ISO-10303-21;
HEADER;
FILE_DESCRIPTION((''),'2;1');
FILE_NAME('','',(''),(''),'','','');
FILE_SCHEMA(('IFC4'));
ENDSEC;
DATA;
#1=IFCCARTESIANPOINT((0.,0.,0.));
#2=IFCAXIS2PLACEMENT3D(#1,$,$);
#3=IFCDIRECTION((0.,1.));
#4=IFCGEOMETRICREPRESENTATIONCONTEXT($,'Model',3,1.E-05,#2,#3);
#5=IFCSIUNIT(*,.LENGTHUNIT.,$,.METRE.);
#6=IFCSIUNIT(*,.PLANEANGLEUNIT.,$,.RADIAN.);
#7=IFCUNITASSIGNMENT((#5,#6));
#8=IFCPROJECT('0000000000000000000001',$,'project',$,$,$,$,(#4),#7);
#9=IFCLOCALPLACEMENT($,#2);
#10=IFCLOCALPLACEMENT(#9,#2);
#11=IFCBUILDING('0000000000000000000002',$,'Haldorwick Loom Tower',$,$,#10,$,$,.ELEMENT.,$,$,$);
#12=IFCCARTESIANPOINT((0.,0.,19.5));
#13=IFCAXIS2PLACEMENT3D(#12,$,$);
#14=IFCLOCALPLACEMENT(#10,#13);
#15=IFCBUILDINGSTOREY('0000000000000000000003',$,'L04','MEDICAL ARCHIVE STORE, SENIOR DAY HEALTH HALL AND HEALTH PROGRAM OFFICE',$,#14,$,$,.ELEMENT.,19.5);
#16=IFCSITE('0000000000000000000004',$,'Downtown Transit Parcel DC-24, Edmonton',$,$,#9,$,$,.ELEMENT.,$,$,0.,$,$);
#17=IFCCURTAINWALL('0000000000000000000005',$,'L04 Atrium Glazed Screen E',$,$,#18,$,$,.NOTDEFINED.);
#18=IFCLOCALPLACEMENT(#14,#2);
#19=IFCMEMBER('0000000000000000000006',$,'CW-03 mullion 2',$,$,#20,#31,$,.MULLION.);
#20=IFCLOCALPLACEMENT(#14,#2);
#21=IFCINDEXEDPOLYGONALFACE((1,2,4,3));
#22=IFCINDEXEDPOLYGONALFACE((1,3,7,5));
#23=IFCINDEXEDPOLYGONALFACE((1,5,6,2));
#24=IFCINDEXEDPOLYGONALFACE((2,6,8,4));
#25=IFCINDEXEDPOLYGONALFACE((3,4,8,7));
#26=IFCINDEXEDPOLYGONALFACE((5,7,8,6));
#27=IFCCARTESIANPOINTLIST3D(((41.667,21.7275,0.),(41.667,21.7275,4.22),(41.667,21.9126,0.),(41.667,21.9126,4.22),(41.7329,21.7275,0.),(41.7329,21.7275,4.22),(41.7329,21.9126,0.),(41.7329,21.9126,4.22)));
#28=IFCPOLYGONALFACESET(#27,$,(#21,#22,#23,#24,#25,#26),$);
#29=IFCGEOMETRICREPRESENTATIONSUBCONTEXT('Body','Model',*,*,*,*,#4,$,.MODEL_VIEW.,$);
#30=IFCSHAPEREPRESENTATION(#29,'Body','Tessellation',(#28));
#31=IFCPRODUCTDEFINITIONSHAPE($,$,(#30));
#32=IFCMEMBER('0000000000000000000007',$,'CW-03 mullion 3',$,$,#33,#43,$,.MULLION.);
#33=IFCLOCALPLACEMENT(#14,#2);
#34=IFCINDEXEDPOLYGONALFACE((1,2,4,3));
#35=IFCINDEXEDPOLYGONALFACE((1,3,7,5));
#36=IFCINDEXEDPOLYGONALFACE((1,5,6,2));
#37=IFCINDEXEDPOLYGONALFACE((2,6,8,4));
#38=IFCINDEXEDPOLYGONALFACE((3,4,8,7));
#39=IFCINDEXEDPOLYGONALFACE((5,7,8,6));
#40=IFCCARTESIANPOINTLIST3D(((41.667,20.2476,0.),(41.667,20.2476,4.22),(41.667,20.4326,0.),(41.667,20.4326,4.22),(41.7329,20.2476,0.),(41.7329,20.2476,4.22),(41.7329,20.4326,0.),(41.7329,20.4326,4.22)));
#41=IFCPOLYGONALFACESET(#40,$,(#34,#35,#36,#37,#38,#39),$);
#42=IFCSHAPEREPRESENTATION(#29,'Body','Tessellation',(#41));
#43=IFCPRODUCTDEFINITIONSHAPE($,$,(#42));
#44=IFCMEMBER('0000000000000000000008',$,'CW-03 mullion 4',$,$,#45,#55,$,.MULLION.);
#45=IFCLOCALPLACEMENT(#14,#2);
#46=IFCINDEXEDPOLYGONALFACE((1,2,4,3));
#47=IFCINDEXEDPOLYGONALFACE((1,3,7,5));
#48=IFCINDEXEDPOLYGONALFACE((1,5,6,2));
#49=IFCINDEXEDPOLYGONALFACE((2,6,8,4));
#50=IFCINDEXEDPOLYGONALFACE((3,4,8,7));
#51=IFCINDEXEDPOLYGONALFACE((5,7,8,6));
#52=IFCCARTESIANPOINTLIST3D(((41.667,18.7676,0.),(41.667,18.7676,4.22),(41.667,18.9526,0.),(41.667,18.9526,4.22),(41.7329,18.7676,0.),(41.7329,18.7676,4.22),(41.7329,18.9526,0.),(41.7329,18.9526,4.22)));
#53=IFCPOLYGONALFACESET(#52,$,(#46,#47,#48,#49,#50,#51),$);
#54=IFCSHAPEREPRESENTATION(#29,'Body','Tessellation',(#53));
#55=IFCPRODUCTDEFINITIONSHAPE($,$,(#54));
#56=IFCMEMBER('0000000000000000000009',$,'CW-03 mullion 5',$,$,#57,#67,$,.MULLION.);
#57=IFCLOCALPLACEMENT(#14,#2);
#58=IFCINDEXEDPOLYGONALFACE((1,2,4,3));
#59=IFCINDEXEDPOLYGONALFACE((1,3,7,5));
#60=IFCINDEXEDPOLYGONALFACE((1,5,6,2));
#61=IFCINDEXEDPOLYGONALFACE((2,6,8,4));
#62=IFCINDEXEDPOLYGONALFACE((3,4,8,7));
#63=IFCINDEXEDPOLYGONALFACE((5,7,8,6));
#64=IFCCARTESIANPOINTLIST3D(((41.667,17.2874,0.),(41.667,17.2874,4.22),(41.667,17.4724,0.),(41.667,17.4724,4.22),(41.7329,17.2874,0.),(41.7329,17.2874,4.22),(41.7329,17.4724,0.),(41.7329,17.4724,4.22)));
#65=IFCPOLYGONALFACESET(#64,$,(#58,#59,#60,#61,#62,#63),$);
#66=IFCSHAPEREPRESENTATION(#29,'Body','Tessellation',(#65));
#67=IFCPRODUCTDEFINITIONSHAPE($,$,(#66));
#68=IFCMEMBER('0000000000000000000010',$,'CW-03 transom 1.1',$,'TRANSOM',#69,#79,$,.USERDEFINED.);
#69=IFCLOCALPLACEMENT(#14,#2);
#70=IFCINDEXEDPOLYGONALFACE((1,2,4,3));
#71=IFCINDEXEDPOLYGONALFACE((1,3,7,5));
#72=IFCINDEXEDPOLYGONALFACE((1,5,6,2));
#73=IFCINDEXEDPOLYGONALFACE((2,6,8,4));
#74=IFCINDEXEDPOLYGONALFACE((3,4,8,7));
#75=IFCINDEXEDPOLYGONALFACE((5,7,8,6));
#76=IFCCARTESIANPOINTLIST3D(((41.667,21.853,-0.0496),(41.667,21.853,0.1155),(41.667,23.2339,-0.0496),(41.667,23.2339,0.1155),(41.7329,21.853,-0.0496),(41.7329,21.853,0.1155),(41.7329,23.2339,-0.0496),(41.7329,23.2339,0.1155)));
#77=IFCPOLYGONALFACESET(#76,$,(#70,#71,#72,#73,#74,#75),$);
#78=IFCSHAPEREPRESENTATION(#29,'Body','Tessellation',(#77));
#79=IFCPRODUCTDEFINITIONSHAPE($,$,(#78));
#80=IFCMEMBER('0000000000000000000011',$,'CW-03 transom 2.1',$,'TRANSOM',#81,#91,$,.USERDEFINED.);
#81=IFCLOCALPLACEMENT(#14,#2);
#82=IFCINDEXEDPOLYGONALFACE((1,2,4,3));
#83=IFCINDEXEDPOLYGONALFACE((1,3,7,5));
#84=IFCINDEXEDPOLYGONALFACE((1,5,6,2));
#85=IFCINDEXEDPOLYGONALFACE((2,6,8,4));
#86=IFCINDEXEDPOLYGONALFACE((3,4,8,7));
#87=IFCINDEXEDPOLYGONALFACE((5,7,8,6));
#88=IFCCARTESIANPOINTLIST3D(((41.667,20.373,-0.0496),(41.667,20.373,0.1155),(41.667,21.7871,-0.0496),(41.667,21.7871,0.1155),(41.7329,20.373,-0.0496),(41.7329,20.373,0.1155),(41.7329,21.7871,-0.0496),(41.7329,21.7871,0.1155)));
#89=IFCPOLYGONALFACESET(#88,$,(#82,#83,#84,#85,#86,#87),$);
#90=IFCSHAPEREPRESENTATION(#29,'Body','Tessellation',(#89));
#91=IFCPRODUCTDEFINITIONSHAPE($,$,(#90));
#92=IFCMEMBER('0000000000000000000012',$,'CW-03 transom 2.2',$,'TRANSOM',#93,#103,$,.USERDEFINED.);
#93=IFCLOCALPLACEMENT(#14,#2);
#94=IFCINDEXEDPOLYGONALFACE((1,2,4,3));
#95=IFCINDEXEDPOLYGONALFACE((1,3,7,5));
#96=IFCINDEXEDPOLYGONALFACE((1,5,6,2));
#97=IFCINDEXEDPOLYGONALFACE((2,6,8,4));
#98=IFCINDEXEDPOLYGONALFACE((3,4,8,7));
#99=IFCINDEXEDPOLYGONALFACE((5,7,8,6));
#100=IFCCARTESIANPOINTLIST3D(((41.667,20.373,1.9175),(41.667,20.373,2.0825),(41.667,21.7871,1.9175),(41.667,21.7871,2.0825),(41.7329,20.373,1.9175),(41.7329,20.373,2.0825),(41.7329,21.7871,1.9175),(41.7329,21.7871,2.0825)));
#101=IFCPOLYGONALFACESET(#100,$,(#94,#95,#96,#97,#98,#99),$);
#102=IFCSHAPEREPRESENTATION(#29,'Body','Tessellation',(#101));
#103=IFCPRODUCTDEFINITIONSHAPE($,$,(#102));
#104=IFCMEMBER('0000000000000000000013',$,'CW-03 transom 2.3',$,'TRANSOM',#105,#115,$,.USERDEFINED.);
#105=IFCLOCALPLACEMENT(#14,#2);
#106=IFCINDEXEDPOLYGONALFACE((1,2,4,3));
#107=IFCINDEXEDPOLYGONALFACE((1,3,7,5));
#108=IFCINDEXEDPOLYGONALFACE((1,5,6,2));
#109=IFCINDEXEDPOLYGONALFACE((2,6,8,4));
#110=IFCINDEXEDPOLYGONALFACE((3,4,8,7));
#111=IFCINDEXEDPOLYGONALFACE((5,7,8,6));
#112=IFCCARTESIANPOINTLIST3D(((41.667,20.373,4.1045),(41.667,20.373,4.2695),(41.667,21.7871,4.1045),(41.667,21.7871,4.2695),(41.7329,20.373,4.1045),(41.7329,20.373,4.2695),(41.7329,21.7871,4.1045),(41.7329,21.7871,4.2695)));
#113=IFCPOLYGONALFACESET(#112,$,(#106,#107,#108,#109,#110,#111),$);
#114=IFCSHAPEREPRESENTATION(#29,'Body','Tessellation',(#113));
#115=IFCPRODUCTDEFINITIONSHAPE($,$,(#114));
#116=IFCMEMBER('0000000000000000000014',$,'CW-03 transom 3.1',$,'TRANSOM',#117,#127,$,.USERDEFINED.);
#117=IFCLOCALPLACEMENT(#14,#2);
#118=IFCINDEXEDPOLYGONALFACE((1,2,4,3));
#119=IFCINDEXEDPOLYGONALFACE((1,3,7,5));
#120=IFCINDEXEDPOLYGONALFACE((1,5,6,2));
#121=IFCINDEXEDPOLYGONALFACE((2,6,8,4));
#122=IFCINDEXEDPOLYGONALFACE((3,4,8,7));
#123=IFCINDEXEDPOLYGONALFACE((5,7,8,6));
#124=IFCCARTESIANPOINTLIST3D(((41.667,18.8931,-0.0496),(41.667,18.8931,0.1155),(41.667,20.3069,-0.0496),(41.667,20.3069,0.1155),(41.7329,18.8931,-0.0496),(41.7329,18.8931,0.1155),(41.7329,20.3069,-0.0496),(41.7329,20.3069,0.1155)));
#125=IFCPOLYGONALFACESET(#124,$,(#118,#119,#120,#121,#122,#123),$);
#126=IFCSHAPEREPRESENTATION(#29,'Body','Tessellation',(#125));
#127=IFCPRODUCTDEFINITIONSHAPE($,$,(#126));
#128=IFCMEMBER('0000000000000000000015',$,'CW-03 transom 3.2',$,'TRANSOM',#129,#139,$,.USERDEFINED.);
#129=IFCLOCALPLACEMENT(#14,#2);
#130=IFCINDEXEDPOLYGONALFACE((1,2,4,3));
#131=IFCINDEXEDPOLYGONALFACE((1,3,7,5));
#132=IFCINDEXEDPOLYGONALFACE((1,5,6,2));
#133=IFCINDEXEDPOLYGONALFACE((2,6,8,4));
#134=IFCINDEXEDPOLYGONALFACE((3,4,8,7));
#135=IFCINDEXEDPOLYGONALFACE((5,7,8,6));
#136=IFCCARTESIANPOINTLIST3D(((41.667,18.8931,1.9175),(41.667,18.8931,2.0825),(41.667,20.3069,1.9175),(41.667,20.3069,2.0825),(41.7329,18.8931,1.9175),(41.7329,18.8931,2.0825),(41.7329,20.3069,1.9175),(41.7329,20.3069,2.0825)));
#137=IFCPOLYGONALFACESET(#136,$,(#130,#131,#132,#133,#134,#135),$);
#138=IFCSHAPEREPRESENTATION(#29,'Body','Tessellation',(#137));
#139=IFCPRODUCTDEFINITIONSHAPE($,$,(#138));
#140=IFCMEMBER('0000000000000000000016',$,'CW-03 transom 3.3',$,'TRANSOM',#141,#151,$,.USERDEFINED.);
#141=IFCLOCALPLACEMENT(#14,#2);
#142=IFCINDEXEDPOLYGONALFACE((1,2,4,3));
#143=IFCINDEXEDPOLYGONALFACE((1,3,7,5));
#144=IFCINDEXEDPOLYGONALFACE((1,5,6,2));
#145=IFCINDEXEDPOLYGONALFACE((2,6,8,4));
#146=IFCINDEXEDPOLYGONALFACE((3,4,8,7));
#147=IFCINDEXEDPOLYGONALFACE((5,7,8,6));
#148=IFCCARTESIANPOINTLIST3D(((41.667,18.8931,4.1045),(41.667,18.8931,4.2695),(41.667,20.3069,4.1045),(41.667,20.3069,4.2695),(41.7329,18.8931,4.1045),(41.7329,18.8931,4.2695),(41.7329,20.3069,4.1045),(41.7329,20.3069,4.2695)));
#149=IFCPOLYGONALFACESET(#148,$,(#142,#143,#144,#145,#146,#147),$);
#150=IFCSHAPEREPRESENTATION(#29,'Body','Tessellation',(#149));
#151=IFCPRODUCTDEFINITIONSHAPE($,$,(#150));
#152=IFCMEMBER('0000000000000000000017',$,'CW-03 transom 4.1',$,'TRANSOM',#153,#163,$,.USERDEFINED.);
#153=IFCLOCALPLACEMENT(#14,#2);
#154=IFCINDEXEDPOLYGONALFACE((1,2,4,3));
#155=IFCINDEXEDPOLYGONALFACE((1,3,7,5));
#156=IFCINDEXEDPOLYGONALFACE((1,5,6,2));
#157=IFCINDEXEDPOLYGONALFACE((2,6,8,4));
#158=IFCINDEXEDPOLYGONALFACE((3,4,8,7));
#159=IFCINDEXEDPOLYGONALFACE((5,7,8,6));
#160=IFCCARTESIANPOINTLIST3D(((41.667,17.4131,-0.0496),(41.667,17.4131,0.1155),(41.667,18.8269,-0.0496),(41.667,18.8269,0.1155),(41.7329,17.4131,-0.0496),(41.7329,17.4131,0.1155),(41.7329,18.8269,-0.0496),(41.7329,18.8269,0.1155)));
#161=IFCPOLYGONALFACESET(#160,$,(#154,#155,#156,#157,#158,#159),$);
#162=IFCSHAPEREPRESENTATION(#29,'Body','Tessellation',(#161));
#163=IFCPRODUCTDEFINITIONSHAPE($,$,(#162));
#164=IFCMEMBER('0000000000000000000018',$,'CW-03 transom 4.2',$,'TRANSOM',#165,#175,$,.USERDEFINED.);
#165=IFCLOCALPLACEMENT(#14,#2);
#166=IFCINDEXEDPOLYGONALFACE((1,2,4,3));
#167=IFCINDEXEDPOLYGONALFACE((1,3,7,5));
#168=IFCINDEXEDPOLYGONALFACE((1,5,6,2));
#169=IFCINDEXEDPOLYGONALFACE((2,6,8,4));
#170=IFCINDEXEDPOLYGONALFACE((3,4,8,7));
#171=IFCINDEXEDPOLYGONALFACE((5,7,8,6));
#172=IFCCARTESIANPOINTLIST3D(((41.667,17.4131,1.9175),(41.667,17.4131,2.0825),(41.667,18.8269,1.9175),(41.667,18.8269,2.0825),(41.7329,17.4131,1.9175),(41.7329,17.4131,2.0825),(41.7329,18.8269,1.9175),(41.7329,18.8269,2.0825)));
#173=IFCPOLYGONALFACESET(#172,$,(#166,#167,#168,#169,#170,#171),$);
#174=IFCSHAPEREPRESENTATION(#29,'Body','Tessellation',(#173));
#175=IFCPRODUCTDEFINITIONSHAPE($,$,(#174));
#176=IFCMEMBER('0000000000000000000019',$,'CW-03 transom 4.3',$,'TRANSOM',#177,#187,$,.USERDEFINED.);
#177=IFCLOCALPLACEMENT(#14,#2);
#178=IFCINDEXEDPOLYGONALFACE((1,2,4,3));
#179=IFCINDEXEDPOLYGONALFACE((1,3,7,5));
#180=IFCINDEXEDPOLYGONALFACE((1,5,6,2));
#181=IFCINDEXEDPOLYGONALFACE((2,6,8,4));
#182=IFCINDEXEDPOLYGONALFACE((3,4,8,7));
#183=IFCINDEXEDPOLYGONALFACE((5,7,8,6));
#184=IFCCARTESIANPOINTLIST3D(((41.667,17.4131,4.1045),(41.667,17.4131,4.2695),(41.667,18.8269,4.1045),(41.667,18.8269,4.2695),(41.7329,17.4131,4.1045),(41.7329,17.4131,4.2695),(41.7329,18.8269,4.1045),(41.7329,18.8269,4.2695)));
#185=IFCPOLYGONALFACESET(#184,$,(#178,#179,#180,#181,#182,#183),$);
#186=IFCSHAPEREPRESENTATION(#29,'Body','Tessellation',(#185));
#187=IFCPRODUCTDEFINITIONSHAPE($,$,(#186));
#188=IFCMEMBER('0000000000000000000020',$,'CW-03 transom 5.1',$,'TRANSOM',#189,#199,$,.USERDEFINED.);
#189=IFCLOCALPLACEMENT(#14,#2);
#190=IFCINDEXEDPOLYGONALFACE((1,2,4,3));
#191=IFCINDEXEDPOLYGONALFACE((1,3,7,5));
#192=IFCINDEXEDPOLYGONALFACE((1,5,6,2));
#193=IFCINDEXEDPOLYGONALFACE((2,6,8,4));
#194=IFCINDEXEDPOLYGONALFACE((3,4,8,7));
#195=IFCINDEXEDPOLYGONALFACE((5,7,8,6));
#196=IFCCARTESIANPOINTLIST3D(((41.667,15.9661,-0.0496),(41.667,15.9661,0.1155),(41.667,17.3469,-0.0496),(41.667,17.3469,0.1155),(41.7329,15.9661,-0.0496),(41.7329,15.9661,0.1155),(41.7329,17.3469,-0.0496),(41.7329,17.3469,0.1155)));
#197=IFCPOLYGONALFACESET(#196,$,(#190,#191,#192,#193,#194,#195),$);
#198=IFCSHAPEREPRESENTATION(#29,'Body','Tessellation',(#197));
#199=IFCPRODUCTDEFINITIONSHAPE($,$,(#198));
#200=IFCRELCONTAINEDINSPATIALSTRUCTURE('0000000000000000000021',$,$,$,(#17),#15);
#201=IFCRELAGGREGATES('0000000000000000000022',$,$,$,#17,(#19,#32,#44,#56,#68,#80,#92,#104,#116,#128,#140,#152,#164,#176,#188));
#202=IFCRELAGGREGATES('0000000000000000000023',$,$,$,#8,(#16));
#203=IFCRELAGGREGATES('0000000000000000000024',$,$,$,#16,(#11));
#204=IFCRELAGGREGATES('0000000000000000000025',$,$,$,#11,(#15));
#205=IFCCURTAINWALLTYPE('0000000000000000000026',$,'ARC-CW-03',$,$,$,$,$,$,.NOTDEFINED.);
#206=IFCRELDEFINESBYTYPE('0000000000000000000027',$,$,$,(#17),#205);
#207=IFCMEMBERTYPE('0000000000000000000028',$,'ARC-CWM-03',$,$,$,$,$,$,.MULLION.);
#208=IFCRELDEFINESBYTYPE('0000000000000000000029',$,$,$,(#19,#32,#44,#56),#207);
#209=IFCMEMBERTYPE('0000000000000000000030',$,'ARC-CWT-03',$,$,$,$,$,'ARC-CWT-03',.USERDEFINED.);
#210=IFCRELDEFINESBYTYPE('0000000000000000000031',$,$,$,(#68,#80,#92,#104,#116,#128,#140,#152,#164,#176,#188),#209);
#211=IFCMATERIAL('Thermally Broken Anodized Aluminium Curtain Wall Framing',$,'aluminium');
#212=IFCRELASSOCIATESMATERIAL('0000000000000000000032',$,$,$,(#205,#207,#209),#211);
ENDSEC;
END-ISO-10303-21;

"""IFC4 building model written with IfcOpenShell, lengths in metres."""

from ifc_helpers import new_model, si_unit, direction, frame, origin, origin_2d, place, context, subcontext, project, spatial, rectangle, extrude, material, material_profile, profile_set, type_object, element, aggregate, save


model = new_model("IFC4")

# Units and contexts
model_context = context("Model", 3, precision=1e-05, world=origin(), true_north=direction((0.0, 1.0)))
body_context = subcontext(model_context, "Body", "Model", "MODEL_VIEW")
ifc_project = project(units=[si_unit("LENGTHUNIT", "METRE"), si_unit("PLANEANGLEUNIT", "RADIAN")], contexts=[model_context])

# Site, building, storey
site_placement = place(None, origin())
site = spatial("IfcSite", under=ifc_project, at=site_placement, Name="Downtown Transit Parcel DC-24, Edmonton", CompositionType="ELEMENT", RefElevation=0.0)
building_placement = place(site_placement, origin())
building = spatial("IfcBuilding", under=site, at=building_placement, Name="Haldorwick Loom Tower", CompositionType="ELEMENT")
storey_placement = place(building_placement, frame((0.0, 0.0, 19.5)))
storey = spatial("IfcBuildingStorey", under=building, at=storey_placement, Name="L04", Description="MEDICAL ARCHIVE STORE, SENIOR DAY HEALTH HALL AND HEALTH PROGRAM OFFICE", CompositionType="ELEMENT", Elevation=19.5)

# Curtain wall, members
ifc_material_1 = material(Name="Thermally Broken Anodized Aluminium Curtain Wall Framing", Category="aluminium")
curtain_wall_type = type_object("IfcCurtainWallType", Name="ARC-CW-03", PredefinedType="NOTDEFINED", material=ifc_material_1)
curtain_wall_placement = place(storey_placement, origin())
curtain_wall = element("IfcCurtainWall", 1, at=curtain_wall_placement, inside=storey, type_object=curtain_wall_type, Name="L04 Atrium Glazed Screen E", PredefinedType="NOTDEFINED")
ifc_material_profile_1 = material_profile(ifc_material_1, rectangle(XDim=0.0659, YDim=0.1851, at=origin_2d()), Name="ALU_MUL_66X185", Category="aluminium")
ifc_profile_set_1 = profile_set([ifc_material_profile_1], Name="Thermally Broken Anodized Aluminium Curtain Wall Framing")
member_type_1 = type_object("IfcMemberType", Name="ARC-CWM-03", PredefinedType="MULLION", material=ifc_profile_set_1)
member_1_placement = place(storey_placement, frame((41.7, 21.8201, 0.0), z_axis=(0.0, 0.0, 1.0), x_axis=(1.0, 0.0, 0.0)))
member_1 = element("IfcMember", 2, at=member_1_placement, type_object=member_type_1, Name="CW-03 mullion 2", PredefinedType="MULLION", context=body_context, shape_type="SweptSolid", body=[
    extrude(rectangle(XDim=0.0659, YDim=0.1851, at=origin_2d()), origin(), (0.0, 0.0, 1.0), 4.22),
])
member_2_placement = place(storey_placement, frame((41.7, 20.3401, 0.0), z_axis=(0.0, 0.0, 1.0), x_axis=(1.0, 0.0, 0.0)))
member_2 = element("IfcMember", 3, at=member_2_placement, type_object=member_type_1, Name="CW-03 mullion 3", PredefinedType="MULLION", context=body_context, shape_type="SweptSolid", body=[
    extrude(rectangle(XDim=0.0659, YDim=0.1851, at=origin_2d()), origin(), (0.0, 0.0, 1.0), 4.22),
])
member_3_placement = place(storey_placement, frame((41.7, 18.8601, 0.0), z_axis=(0.0, 0.0, 1.0), x_axis=(1.0, 0.0, 0.0)))
member_3 = element("IfcMember", 4, at=member_3_placement, type_object=member_type_1, Name="CW-03 mullion 4", PredefinedType="MULLION", context=body_context, shape_type="SweptSolid", body=[
    extrude(rectangle(XDim=0.0659, YDim=0.1851, at=origin_2d()), origin(), (0.0, 0.0, 1.0), 4.22),
])
member_4_placement = place(storey_placement, frame((41.7, 17.3799, 0.0), z_axis=(0.0, 0.0, 1.0), x_axis=(1.0, 0.0, 0.0)))
member_4 = element("IfcMember", 5, at=member_4_placement, type_object=member_type_1, Name="CW-03 mullion 5", PredefinedType="MULLION", context=body_context, shape_type="SweptSolid", body=[
    extrude(rectangle(XDim=0.0659, YDim=0.1851, at=origin_2d()), origin(), (0.0, 0.0, 1.0), 4.22),
])
ifc_material_profile_2 = material_profile(ifc_material_1, rectangle(XDim=0.0659, YDim=0.165, at=origin_2d()), Name="ALU_TRN_66X165", Category="aluminium")
ifc_profile_set_2 = profile_set([ifc_material_profile_2], Name="Thermally Broken Anodized Aluminium Curtain Wall Framing")
member_type_2 = type_object("IfcMemberType", Name="ARC-CWT-03", ElementType="ARC-CWT-03", PredefinedType="USERDEFINED", material=ifc_profile_set_2)
member_5_placement = place(storey_placement, frame((41.7, 23.2339, 0.033), z_axis=(0.0, -1.0, 0.0), x_axis=(1.0, 0.0, 0.0)))
member_5 = element("IfcMember", 6, at=member_5_placement, type_object=member_type_2, Name="CW-03 transom 1.1", ObjectType="TRANSOM", PredefinedType="USERDEFINED", context=body_context, shape_type="SweptSolid", body=[
    extrude(rectangle(XDim=0.0659, YDim=0.165, at=origin_2d()), origin(), (0.0, 0.0, 1.0), 1.3809),
])
member_6_placement = place(storey_placement, frame((41.7, 21.7871, 0.033), z_axis=(0.0, -1.0, 0.0), x_axis=(1.0, 0.0, 0.0)))
member_6 = element("IfcMember", 7, at=member_6_placement, type_object=member_type_2, Name="CW-03 transom 2.1", ObjectType="TRANSOM", PredefinedType="USERDEFINED", context=body_context, shape_type="SweptSolid", body=[
    extrude(rectangle(XDim=0.0659, YDim=0.165, at=origin_2d()), origin(), (0.0, 0.0, 1.0), 1.4141),
])
member_7_placement = place(storey_placement, frame((41.7, 21.7871, 2.0), z_axis=(0.0, -1.0, 0.0), x_axis=(1.0, 0.0, 0.0)))
member_7 = element("IfcMember", 8, at=member_7_placement, type_object=member_type_2, Name="CW-03 transom 2.2", ObjectType="TRANSOM", PredefinedType="USERDEFINED", context=body_context, shape_type="SweptSolid", body=[
    extrude(rectangle(XDim=0.0659, YDim=0.165, at=origin_2d()), origin(), (0.0, 0.0, 1.0), 1.4141),
])
member_8_placement = place(storey_placement, frame((41.7, 21.7871, 4.187), z_axis=(0.0, -1.0, 0.0), x_axis=(1.0, 0.0, 0.0)))
member_8 = element("IfcMember", 9, at=member_8_placement, type_object=member_type_2, Name="CW-03 transom 2.3", ObjectType="TRANSOM", PredefinedType="USERDEFINED", context=body_context, shape_type="SweptSolid", body=[
    extrude(rectangle(XDim=0.0659, YDim=0.165, at=origin_2d()), origin(), (0.0, 0.0, 1.0), 1.4141),
])
member_9_placement = place(storey_placement, frame((41.7, 20.3069, 0.033), z_axis=(0.0, -1.0, 0.0), x_axis=(1.0, 0.0, 0.0)))
member_9 = element("IfcMember", 10, at=member_9_placement, type_object=member_type_2, Name="CW-03 transom 3.1", ObjectType="TRANSOM", PredefinedType="USERDEFINED", context=body_context, shape_type="SweptSolid", body=[
    extrude(rectangle(XDim=0.0659, YDim=0.165, at=origin_2d()), origin(), (0.0, 0.0, 1.0), 1.4138),
])
member_10_placement = place(storey_placement, frame((41.7, 20.3069, 2.0), z_axis=(0.0, -1.0, 0.0), x_axis=(1.0, 0.0, 0.0)))
member_10 = element("IfcMember", 11, at=member_10_placement, type_object=member_type_2, Name="CW-03 transom 3.2", ObjectType="TRANSOM", PredefinedType="USERDEFINED", context=body_context, shape_type="SweptSolid", body=[
    extrude(rectangle(XDim=0.0659, YDim=0.165, at=origin_2d()), origin(), (0.0, 0.0, 1.0), 1.4138),
])
member_11_placement = place(storey_placement, frame((41.7, 20.3069, 4.187), z_axis=(0.0, -1.0, 0.0), x_axis=(1.0, 0.0, 0.0)))
member_11 = element("IfcMember", 12, at=member_11_placement, type_object=member_type_2, Name="CW-03 transom 3.3", ObjectType="TRANSOM", PredefinedType="USERDEFINED", context=body_context, shape_type="SweptSolid", body=[
    extrude(rectangle(XDim=0.0659, YDim=0.165, at=origin_2d()), origin(), (0.0, 0.0, 1.0), 1.4138),
])
member_12_placement = place(storey_placement, frame((41.7, 18.8269, 0.033), z_axis=(0.0, -1.0, 0.0), x_axis=(1.0, 0.0, 0.0)))
member_12 = element("IfcMember", 13, at=member_12_placement, type_object=member_type_2, Name="CW-03 transom 4.1", ObjectType="TRANSOM", PredefinedType="USERDEFINED", context=body_context, shape_type="SweptSolid", body=[
    extrude(rectangle(XDim=0.0659, YDim=0.165, at=origin_2d()), origin(), (0.0, 0.0, 1.0), 1.4138),
])
member_13_placement = place(storey_placement, frame((41.7, 18.8269, 2.0), z_axis=(0.0, -1.0, 0.0), x_axis=(1.0, 0.0, 0.0)))
member_13 = element("IfcMember", 14, at=member_13_placement, type_object=member_type_2, Name="CW-03 transom 4.2", ObjectType="TRANSOM", PredefinedType="USERDEFINED", context=body_context, shape_type="SweptSolid", body=[
    extrude(rectangle(XDim=0.0659, YDim=0.165, at=origin_2d()), origin(), (0.0, 0.0, 1.0), 1.4138),
])
member_14_placement = place(storey_placement, frame((41.7, 18.8269, 4.187), z_axis=(0.0, -1.0, 0.0), x_axis=(1.0, 0.0, 0.0)))
member_14 = element("IfcMember", 15, at=member_14_placement, type_object=member_type_2, Name="CW-03 transom 4.3", ObjectType="TRANSOM", PredefinedType="USERDEFINED", context=body_context, shape_type="SweptSolid", body=[
    extrude(rectangle(XDim=0.0659, YDim=0.165, at=origin_2d()), origin(), (0.0, 0.0, 1.0), 1.4138),
])
member_15_placement = place(storey_placement, frame((41.7, 17.3469, 0.033), z_axis=(0.0, -1.0, 0.0), x_axis=(1.0, 0.0, 0.0)))
member_15 = element("IfcMember", 16, at=member_15_placement, type_object=member_type_2, Name="CW-03 transom 5.1", ObjectType="TRANSOM", PredefinedType="USERDEFINED", context=body_context, shape_type="SweptSolid", body=[
    extrude(rectangle(XDim=0.0659, YDim=0.165, at=origin_2d()), origin(), (0.0, 0.0, 1.0), 1.3809),
])
aggregate(curtain_wall, [member_1, member_2, member_3, member_4, member_5, member_6, member_7, member_8, member_9, member_10, member_11, member_12, member_13, member_14, member_15])

save(model, "model.ifc")
